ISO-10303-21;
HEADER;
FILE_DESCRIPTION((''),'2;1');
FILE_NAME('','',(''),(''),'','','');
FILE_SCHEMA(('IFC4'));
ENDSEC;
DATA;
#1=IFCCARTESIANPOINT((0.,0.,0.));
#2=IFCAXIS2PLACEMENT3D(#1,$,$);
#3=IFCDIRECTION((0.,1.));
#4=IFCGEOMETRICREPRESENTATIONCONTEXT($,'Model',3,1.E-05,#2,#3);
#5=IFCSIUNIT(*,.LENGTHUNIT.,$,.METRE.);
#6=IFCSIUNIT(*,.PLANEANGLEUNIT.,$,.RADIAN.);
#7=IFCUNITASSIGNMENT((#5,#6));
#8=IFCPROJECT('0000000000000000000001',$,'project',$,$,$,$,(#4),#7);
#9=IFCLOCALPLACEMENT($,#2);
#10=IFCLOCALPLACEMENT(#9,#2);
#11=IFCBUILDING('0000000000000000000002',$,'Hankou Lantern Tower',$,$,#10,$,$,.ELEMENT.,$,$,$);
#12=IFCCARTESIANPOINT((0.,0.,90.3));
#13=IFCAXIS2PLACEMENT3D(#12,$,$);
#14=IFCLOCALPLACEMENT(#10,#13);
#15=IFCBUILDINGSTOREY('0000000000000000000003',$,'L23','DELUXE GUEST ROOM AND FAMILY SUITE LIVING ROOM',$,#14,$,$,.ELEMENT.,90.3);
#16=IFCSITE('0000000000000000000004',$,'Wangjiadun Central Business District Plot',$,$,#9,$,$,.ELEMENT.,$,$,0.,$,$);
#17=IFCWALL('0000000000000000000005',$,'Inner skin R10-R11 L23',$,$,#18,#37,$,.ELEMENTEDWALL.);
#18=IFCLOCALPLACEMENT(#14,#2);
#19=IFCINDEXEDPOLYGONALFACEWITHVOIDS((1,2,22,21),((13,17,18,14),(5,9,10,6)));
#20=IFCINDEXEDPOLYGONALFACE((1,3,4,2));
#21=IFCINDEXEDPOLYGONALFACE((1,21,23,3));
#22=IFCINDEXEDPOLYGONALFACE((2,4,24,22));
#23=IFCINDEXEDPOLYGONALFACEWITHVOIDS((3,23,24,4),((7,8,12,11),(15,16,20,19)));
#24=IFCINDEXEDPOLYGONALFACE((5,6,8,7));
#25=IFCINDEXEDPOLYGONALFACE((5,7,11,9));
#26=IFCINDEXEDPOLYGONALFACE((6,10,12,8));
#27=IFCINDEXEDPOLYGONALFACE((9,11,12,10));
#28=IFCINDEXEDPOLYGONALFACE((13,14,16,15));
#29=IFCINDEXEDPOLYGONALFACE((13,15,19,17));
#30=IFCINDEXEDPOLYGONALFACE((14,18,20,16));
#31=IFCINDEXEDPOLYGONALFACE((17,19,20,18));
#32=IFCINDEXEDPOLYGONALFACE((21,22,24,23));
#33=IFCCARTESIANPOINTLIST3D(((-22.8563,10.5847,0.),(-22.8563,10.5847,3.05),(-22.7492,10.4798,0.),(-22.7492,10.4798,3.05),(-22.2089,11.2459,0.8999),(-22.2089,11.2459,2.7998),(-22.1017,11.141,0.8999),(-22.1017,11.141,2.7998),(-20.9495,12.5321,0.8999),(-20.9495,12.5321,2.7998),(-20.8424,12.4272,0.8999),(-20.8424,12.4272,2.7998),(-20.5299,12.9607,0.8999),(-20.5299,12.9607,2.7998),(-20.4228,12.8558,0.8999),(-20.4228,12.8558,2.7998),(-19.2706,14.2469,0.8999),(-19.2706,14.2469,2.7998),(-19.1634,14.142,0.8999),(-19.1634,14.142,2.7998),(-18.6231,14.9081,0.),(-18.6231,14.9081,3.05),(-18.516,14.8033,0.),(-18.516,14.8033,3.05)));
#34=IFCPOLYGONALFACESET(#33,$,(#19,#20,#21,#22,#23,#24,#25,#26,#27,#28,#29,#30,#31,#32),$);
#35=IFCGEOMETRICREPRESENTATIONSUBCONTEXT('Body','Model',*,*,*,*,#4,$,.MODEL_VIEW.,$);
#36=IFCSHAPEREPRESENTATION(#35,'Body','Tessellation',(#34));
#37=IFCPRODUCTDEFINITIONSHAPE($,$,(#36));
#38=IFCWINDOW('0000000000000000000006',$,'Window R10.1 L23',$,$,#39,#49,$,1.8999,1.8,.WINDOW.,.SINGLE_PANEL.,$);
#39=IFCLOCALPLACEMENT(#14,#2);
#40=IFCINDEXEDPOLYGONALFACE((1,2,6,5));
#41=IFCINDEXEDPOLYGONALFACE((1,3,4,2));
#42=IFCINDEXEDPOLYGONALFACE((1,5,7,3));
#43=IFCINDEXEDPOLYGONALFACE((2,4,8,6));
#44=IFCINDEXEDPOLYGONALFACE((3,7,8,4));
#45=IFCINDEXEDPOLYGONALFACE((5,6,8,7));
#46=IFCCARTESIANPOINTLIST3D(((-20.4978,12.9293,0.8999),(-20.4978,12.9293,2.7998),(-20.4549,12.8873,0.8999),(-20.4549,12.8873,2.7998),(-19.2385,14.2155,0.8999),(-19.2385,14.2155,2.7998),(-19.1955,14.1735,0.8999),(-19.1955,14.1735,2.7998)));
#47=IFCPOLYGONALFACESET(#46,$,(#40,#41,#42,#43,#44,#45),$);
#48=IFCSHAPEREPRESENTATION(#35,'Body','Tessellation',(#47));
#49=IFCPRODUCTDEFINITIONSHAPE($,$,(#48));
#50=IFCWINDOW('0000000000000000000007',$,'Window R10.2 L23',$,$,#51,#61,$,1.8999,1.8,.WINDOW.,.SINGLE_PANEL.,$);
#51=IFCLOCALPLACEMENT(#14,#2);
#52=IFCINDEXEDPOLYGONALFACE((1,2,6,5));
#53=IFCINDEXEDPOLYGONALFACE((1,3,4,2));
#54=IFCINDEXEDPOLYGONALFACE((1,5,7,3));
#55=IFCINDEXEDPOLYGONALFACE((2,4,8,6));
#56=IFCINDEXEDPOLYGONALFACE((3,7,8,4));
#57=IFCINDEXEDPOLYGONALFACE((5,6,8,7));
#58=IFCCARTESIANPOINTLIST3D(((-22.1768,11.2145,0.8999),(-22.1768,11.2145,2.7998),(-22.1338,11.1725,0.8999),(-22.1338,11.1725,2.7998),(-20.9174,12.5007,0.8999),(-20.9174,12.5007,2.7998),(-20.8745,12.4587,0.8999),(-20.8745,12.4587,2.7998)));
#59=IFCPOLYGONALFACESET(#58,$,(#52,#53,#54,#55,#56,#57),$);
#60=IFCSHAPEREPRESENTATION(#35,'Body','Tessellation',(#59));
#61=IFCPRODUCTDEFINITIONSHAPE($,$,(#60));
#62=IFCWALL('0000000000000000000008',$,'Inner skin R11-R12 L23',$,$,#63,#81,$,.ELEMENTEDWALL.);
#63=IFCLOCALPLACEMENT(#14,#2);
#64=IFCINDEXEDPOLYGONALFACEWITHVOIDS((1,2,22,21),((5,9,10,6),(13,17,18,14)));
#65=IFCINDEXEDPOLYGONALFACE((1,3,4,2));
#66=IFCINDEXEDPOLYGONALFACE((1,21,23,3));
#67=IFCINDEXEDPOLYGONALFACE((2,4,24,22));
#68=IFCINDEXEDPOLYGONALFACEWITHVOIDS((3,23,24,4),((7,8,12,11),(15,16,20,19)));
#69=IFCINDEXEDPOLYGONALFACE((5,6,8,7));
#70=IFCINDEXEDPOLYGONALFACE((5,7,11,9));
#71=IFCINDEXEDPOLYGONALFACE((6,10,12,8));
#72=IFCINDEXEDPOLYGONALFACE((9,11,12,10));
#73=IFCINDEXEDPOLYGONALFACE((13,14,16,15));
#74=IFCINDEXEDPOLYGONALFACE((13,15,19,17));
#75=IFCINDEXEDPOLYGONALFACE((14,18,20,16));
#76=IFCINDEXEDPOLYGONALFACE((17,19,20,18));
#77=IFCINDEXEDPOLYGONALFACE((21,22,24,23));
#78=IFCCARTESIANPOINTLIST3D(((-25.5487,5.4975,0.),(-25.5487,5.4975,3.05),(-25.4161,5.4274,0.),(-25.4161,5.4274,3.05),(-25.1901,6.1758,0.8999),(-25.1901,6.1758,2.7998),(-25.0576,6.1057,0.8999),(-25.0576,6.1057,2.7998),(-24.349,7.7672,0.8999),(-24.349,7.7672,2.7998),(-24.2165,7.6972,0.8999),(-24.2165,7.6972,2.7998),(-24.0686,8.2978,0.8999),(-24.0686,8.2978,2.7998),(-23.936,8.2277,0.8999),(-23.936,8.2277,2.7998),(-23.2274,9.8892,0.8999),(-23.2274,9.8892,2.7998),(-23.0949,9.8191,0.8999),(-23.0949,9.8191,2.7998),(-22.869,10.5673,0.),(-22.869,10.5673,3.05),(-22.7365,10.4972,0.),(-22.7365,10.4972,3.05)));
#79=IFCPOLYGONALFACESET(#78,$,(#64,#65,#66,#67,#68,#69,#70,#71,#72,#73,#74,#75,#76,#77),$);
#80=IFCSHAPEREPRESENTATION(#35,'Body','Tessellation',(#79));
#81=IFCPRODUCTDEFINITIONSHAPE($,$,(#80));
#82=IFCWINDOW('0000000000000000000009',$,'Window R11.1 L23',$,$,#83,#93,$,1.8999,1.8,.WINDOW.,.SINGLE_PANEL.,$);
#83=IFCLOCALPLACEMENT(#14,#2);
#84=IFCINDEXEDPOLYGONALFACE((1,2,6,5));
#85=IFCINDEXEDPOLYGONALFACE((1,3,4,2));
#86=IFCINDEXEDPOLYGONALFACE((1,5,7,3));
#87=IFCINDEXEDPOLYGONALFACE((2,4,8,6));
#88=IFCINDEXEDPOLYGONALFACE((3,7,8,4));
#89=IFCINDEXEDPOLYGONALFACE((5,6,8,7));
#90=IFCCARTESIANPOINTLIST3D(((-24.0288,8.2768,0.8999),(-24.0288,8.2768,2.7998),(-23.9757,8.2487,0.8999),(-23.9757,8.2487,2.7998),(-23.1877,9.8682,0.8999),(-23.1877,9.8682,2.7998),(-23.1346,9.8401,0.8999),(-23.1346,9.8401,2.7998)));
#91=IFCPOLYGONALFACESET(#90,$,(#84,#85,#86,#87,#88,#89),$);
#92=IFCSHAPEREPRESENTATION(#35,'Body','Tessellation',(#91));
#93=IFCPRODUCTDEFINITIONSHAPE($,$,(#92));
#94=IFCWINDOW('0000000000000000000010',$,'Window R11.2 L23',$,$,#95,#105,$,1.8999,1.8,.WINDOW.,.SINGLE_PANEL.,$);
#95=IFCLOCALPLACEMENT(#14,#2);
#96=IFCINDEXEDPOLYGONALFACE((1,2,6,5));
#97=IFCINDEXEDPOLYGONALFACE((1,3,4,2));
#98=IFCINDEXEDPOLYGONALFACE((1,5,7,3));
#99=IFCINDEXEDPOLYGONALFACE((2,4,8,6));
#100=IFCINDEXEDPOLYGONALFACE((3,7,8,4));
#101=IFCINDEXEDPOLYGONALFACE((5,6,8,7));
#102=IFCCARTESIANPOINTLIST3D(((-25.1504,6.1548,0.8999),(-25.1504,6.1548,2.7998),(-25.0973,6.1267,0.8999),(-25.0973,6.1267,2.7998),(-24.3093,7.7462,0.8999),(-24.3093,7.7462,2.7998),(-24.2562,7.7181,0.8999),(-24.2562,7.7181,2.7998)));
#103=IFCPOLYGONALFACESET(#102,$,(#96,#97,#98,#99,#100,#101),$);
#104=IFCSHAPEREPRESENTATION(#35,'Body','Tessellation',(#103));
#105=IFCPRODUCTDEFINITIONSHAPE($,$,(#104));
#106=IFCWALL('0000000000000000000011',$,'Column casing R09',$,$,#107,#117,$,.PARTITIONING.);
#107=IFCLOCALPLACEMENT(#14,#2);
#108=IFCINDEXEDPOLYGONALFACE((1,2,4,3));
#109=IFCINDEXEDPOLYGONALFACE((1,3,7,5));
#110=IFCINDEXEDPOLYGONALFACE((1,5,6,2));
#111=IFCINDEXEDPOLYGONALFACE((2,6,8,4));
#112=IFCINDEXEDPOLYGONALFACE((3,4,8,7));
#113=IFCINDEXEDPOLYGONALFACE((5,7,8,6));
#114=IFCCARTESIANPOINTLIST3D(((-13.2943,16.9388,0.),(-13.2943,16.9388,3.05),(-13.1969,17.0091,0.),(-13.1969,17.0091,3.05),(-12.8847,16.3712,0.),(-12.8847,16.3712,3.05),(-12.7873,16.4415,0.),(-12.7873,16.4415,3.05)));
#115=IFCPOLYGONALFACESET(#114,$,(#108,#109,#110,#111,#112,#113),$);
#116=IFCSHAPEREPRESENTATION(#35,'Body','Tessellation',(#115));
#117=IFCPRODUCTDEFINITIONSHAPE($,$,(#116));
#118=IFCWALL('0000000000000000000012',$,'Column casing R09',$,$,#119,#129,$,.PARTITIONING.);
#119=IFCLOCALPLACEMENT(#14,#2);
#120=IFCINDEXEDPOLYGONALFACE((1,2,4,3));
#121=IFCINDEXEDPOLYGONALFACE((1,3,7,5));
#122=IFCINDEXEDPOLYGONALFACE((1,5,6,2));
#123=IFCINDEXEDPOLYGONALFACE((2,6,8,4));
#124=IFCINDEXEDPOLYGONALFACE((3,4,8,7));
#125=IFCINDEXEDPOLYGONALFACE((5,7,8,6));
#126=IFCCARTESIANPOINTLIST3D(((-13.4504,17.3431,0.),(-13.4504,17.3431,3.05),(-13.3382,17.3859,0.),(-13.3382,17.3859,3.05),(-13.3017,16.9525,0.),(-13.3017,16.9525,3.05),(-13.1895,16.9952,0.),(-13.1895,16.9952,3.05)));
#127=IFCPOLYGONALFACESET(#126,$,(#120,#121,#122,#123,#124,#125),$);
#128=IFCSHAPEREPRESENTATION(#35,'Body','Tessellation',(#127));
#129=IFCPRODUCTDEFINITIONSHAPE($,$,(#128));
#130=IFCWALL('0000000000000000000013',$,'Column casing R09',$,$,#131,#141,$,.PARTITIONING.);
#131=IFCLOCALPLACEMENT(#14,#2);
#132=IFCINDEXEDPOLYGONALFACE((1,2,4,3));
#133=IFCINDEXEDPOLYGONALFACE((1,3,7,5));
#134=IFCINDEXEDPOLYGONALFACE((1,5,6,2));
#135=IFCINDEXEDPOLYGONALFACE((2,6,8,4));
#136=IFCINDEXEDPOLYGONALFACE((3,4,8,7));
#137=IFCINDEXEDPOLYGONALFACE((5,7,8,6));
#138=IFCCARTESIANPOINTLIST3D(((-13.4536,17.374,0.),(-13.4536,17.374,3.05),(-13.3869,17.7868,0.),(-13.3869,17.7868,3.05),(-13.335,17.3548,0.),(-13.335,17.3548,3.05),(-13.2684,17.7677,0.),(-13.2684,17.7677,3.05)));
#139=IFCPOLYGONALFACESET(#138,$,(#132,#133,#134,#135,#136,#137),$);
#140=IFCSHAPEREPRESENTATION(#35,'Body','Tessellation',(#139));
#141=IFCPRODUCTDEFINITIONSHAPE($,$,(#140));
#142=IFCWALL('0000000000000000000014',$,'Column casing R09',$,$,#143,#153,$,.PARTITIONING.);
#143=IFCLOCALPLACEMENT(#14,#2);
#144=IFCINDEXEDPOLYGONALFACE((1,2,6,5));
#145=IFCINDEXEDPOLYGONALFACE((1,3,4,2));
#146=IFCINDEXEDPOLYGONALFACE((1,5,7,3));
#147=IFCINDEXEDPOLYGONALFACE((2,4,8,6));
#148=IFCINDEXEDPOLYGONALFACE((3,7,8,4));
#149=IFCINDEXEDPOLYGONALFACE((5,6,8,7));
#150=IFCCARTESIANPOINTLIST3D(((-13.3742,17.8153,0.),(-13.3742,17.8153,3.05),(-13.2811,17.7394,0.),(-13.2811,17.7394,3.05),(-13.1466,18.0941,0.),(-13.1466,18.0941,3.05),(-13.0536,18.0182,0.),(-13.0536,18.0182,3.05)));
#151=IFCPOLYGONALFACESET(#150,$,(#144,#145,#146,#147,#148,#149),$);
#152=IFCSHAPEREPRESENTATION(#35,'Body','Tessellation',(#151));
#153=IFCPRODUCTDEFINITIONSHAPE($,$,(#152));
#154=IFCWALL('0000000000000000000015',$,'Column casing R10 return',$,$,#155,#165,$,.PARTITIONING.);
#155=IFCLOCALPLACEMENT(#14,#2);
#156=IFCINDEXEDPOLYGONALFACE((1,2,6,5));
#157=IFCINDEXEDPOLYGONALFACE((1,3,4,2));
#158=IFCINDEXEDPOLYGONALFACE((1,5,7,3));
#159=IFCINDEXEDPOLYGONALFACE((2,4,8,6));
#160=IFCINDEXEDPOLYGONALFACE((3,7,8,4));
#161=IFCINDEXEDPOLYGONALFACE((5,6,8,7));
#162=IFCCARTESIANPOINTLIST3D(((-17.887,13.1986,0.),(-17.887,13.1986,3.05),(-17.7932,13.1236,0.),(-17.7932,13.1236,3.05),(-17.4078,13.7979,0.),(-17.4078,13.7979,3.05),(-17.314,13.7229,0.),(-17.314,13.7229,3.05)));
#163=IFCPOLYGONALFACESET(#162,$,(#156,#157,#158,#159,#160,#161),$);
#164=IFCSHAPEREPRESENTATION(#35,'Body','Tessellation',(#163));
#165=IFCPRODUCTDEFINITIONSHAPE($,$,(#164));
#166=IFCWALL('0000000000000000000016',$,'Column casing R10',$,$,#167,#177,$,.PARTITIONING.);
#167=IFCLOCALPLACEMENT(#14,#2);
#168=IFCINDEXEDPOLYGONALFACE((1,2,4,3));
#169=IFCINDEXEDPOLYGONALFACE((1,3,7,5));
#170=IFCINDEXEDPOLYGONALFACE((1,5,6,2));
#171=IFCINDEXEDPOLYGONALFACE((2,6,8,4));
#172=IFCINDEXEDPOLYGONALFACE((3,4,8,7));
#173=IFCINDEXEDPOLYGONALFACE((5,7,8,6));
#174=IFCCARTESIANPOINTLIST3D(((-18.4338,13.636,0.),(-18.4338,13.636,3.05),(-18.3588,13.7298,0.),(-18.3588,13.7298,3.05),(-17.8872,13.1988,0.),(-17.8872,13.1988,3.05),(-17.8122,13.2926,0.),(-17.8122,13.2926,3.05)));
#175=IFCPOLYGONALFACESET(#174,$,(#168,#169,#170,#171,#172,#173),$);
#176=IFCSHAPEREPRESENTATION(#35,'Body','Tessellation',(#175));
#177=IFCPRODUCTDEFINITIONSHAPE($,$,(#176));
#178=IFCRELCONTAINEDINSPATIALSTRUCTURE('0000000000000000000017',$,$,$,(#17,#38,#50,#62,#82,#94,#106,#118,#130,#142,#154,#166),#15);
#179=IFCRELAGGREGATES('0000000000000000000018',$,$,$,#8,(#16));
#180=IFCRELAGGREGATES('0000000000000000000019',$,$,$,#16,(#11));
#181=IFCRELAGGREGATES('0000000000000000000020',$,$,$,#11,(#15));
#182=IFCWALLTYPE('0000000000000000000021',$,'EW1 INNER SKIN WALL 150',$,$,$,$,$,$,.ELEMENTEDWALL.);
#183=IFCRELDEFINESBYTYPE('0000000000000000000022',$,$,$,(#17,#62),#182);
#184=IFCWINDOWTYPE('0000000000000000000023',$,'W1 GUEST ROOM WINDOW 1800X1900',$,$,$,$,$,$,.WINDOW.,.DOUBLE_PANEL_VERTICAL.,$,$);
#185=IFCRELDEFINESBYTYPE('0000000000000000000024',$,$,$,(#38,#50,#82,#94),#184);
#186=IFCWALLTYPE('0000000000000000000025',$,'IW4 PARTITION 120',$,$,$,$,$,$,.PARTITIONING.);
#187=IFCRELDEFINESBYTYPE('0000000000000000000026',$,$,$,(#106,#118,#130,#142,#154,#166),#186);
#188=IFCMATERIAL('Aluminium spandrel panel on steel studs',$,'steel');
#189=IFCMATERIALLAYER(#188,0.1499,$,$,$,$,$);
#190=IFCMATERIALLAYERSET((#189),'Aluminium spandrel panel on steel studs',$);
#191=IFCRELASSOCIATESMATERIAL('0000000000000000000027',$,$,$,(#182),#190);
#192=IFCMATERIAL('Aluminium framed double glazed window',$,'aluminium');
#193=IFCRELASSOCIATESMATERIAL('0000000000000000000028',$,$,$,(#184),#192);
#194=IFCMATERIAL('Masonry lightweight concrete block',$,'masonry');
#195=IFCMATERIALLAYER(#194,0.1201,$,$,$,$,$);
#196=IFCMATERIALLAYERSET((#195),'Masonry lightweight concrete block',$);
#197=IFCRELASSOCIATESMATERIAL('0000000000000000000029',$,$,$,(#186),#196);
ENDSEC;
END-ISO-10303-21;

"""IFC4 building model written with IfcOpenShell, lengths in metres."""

from ifc_helpers import new_model, si_unit, direction, frame, frame_2d, origin, place, context, subcontext, project, spatial, rectangle, extrude, material, layer, layer_set, type_object, element, fill, save


model = new_model("IFC4")

# Units and contexts
model_context = context("Model", 3, precision=1e-05, world=origin(), true_north=direction((0.0, 1.0)))
body_context = subcontext(model_context, "Body", "Model", "MODEL_VIEW")
ifc_project = project(units=[si_unit("LENGTHUNIT", "METRE"), si_unit("PLANEANGLEUNIT", "RADIAN")], contexts=[model_context])

# Site, building, storey
site_placement = place(None, origin())
site = spatial("IfcSite", under=ifc_project, at=site_placement, Name="Wangjiadun Central Business District Plot", CompositionType="ELEMENT", RefElevation=0.0)
building_placement = place(site_placement, origin())
building = spatial("IfcBuilding", under=site, at=building_placement, Name="Hankou Lantern Tower", CompositionType="ELEMENT")
storey_placement = place(building_placement, frame((0.0, 0.0, 90.3)))
storey = spatial("IfcBuildingStorey", under=building, at=storey_placement, Name="L23", Description="DELUXE GUEST ROOM AND FAMILY SUITE LIVING ROOM", CompositionType="ELEMENT", Elevation=90.3)

# Walls, openings, windows
ifc_material_1 = material(Name="Aluminium spandrel panel on steel studs", Category="steel")
ifc_layer_1 = layer(ifc_material_1, 0.1499)
ifc_layer_set_1 = layer_set([ifc_layer_1], Name="Aluminium spandrel panel on steel studs")
wall_type_1 = type_object("IfcWallType", Name="EW1 INNER SKIN WALL 150", PredefinedType="ELEMENTEDWALL", material=ifc_layer_set_1)
ifc_material_2 = material(Name="Aluminium framed double glazed window", Category="aluminium")
window_type = type_object("IfcWindowType", Name="W1 GUEST ROOM WINDOW 1800X1900", PartitioningType="DOUBLE_PANEL_VERTICAL", PredefinedType="WINDOW", material=ifc_material_2)
wall_1_placement = place(storey_placement, frame((-18.5696, 14.8557, 0.0), z_axis=(0.0, 0.0, 1.0), x_axis=(-0.699603, -0.714532, 0.0)))
wall_1 = element("IfcWall", 1, at=wall_1_placement, inside=storey, type_object=wall_type_1, Name="Inner skin R10-R11 L23", PredefinedType="ELEMENTEDWALL", context=body_context, shape_type="SweptSolid", body=[
    extrude(rectangle(XDim=6.0508, YDim=0.1499, at=frame_2d((3.0254, 0.0))), origin(), (0.0, 0.0, 1.0), 3.05),
])
opening_1_placement = place(wall_1_placement, frame((0.9255, 0.0, 0.8999)))
opening_1 = element("IfcOpeningElement", 2, at=opening_1_placement, cuts=wall_1, PredefinedType="OPENING", context=body_context, shape_type="SweptSolid", body=[
    extrude(rectangle(XDim=1.8, YDim=1.8999, at=frame_2d((0.8999, 0.95))), frame((0.0, 0.085, 0.0), z_axis=(0.0, -1.0, 0.0), x_axis=(1.0, 0.0, 0.0)), (0.0, 0.0, 1.0), 0.1699),
])
opening_2_placement = place(wall_1_placement, frame((3.3254, 0.0, 0.8999)))
opening_2 = element("IfcOpeningElement", 3, at=opening_2_placement, cuts=wall_1, PredefinedType="OPENING", context=body_context, shape_type="SweptSolid", body=[
    extrude(rectangle(XDim=1.8, YDim=1.8999, at=frame_2d((0.8999, 0.95))), frame((0.0, 0.085, 0.0), z_axis=(0.0, -1.0, 0.0), x_axis=(1.0, 0.0, 0.0)), (0.0, 0.0, 1.0), 0.1699),
])
window_1_placement = place(opening_1_placement, origin())
window_1 = element("IfcWindow", 4, at=window_1_placement, inside=storey, type_object=window_type, Name="Window R10.1 L23", OverallHeight=1.8999, OverallWidth=1.8, PartitioningType="SINGLE_PANEL", PredefinedType="WINDOW", context=body_context, shape_type="SweptSolid", body=[
    extrude(rectangle(XDim=1.8, YDim=1.8999, at=frame_2d((0.8999, 0.95))), frame((0.0, 0.03, 0.0), z_axis=(0.0, -1.0, 0.0), x_axis=(1.0, 0.0, 0.0)), (0.0, 0.0, 1.0), 0.0601),
])
fill(opening_1, window_1)
window_2_placement = place(opening_2_placement, origin())
window_2 = element("IfcWindow", 5, at=window_2_placement, inside=storey, type_object=window_type, Name="Window R10.2 L23", OverallHeight=1.8999, OverallWidth=1.8, PartitioningType="SINGLE_PANEL", PredefinedType="WINDOW", context=body_context, shape_type="SweptSolid", body=[
    extrude(rectangle(XDim=1.8, YDim=1.8999, at=frame_2d((0.8999, 0.95))), frame((0.0, 0.03, 0.0), z_axis=(0.0, -1.0, 0.0), x_axis=(1.0, 0.0, 0.0)), (0.0, 0.0, 1.0), 0.0601),
])
fill(opening_2, window_2)
wall_2_placement = place(storey_placement, frame((-22.8027, 10.5322, 0.0), z_axis=(0.0, 0.0, 1.0), x_axis=(-0.467297, -0.8841, 0.0)))
wall_2 = element("IfcWall", 6, at=wall_2_placement, inside=storey, type_object=wall_type_1, Name="Inner skin R11-R12 L23", PredefinedType="ELEMENTEDWALL", context=body_context, shape_type="SweptSolid", body=[
    extrude(rectangle(XDim=5.7344, YDim=0.1499, at=frame_2d((2.8672, 0.0))), origin(), (0.0, 0.0, 1.0), 3.05),
])
opening_3_placement = place(wall_2_placement, frame((0.7671, 0.0, 0.8999)))
opening_3 = element("IfcOpeningElement", 7, at=opening_3_placement, cuts=wall_2, PredefinedType="OPENING", context=body_context, shape_type="SweptSolid", body=[
    extrude(rectangle(XDim=1.8, YDim=1.8999, at=frame_2d((0.8999, 0.95))), frame((0.0, 0.085, 0.0), z_axis=(0.0, -1.0, 0.0), x_axis=(1.0, 0.0, 0.0)), (0.0, 0.0, 1.0), 0.1699),
])
opening_4_placement = place(wall_2_placement, frame((3.1672, 0.0, 0.8999)))
opening_4 = element("IfcOpeningElement", 8, at=opening_4_placement, cuts=wall_2, PredefinedType="OPENING", context=body_context, shape_type="SweptSolid", body=[
    extrude(rectangle(XDim=1.8, YDim=1.8999, at=frame_2d((0.8999, 0.95))), frame((0.0, 0.085, 0.0), z_axis=(0.0, -1.0, 0.0), x_axis=(1.0, 0.0, 0.0)), (0.0, 0.0, 1.0), 0.1699),
])
window_3_placement = place(opening_3_placement, origin())
window_3 = element("IfcWindow", 9, at=window_3_placement, inside=storey, type_object=window_type, Name="Window R11.1 L23", OverallHeight=1.8999, OverallWidth=1.8, PartitioningType="SINGLE_PANEL", PredefinedType="WINDOW", context=body_context, shape_type="SweptSolid", body=[
    extrude(rectangle(XDim=1.8, YDim=1.8999, at=frame_2d((0.8999, 0.95))), frame((0.0, 0.03, 0.0), z_axis=(0.0, -1.0, 0.0), x_axis=(1.0, 0.0, 0.0)), (0.0, 0.0, 1.0), 0.0601),
])
fill(opening_3, window_3)
window_4_placement = place(opening_4_placement, origin())
window_4 = element("IfcWindow", 10, at=window_4_placement, inside=storey, type_object=window_type, Name="Window R11.2 L23", OverallHeight=1.8999, OverallWidth=1.8, PartitioningType="SINGLE_PANEL", PredefinedType="WINDOW", context=body_context, shape_type="SweptSolid", body=[
    extrude(rectangle(XDim=1.8, YDim=1.8999, at=frame_2d((0.8999, 0.95))), frame((0.0, 0.03, 0.0), z_axis=(0.0, -1.0, 0.0), x_axis=(1.0, 0.0, 0.0)), (0.0, 0.0, 1.0), 0.0601),
])
fill(opening_4, window_4)

# Walls
ifc_material_3 = material(Name="Masonry lightweight concrete block", Category="masonry")
ifc_layer_2 = layer(ifc_material_3, 0.1201)
ifc_layer_set_2 = layer_set([ifc_layer_2], Name="Masonry lightweight concrete block")
wall_type_2 = type_object("IfcWallType", Name="IW4 PARTITION 120", PredefinedType="PARTITIONING", material=ifc_layer_set_2)
wall_3_placement = place(storey_placement, frame((-12.8359, 16.4062, 0.0), z_axis=(0.0, 0.0, 1.0), x_axis=(-0.585223, 0.810872, 0.0)))
element("IfcWall", 11, at=wall_3_placement, inside=storey, type_object=wall_type_2, Name="Column casing R09", PredefinedType="PARTITIONING", context=body_context, shape_type="SweptSolid", body=[
    extrude(rectangle(XDim=0.7, YDim=0.1201, at=frame_2d((0.3501, 0.0))), origin(), (0.0, 0.0, 1.0), 3.05),
])
wall_4_placement = place(storey_placement, frame((-13.2456, 16.9739, 0.0), z_axis=(0.0, 0.0, 1.0), x_axis=(-0.355728, 0.934589, 0.0)))
element("IfcWall", 12, at=wall_4_placement, inside=storey, type_object=wall_type_2, Name="Column casing R09", PredefinedType="PARTITIONING", context=body_context, shape_type="SweptSolid", body=[
    extrude(rectangle(XDim=0.418, YDim=0.1201, at=frame_2d((0.209, 0.0))), origin(), (0.0, 0.0, 1.0), 3.05),
])
wall_5_placement = place(storey_placement, frame((-13.3943, 17.3645, 0.0), z_axis=(0.0, 0.0, 1.0), x_axis=(0.159379, 0.987217, 0.0)))
element("IfcWall", 13, at=wall_5_placement, inside=storey, type_object=wall_type_2, Name="Column casing R09", PredefinedType="PARTITIONING", context=body_context, shape_type="SweptSolid", body=[
    extrude(rectangle(XDim=0.4182, YDim=0.1201, at=frame_2d((0.209, 0.0))), origin(), (0.0, 0.0, 1.0), 3.05),
])
wall_6_placement = place(storey_placement, frame((-13.3276, 17.7773, 0.0), z_axis=(0.0, 0.0, 1.0), x_axis=(0.632277, 0.774743, 0.0)))
element("IfcWall", 14, at=wall_6_placement, inside=storey, type_object=wall_type_2, Name="Column casing R09", PredefinedType="PARTITIONING", context=body_context, shape_type="SweptSolid", body=[
    extrude(rectangle(XDim=0.3599, YDim=0.1201, at=frame_2d((0.1799, 0.0))), origin(), (0.0, 0.0, 1.0), 3.05),
])
wall_7_placement = place(storey_placement, frame((-17.3608, 13.7605, 0.0), z_axis=(0.0, 0.0, 1.0), x_axis=(-0.624501, -0.781024, 0.0)))
element("IfcWall", 15, at=wall_7_placement, inside=storey, type_object=wall_type_2, Name="Column casing R10 return", PredefinedType="PARTITIONING", context=body_context, shape_type="SweptSolid", body=[
    extrude(rectangle(XDim=0.7673, YDim=0.1201, at=frame_2d((0.3838, 0.0))), origin(), (0.0, 0.0, 1.0), 3.05),
])
wall_8_placement = place(storey_placement, frame((-17.8496, 13.2456, 0.0), z_axis=(0.0, 0.0, 1.0), x_axis=(-0.780903, 0.624653, 0.0)))
element("IfcWall", 16, at=wall_8_placement, inside=storey, type_object=wall_type_2, Name="Column casing R10", PredefinedType="PARTITIONING", context=body_context, shape_type="SweptSolid", body=[
    extrude(rectangle(XDim=0.7, YDim=0.1201, at=frame_2d((0.3501, 0.0))), origin(), (0.0, 0.0, 1.0), 3.05),
])

save(model, "model.ifc")
